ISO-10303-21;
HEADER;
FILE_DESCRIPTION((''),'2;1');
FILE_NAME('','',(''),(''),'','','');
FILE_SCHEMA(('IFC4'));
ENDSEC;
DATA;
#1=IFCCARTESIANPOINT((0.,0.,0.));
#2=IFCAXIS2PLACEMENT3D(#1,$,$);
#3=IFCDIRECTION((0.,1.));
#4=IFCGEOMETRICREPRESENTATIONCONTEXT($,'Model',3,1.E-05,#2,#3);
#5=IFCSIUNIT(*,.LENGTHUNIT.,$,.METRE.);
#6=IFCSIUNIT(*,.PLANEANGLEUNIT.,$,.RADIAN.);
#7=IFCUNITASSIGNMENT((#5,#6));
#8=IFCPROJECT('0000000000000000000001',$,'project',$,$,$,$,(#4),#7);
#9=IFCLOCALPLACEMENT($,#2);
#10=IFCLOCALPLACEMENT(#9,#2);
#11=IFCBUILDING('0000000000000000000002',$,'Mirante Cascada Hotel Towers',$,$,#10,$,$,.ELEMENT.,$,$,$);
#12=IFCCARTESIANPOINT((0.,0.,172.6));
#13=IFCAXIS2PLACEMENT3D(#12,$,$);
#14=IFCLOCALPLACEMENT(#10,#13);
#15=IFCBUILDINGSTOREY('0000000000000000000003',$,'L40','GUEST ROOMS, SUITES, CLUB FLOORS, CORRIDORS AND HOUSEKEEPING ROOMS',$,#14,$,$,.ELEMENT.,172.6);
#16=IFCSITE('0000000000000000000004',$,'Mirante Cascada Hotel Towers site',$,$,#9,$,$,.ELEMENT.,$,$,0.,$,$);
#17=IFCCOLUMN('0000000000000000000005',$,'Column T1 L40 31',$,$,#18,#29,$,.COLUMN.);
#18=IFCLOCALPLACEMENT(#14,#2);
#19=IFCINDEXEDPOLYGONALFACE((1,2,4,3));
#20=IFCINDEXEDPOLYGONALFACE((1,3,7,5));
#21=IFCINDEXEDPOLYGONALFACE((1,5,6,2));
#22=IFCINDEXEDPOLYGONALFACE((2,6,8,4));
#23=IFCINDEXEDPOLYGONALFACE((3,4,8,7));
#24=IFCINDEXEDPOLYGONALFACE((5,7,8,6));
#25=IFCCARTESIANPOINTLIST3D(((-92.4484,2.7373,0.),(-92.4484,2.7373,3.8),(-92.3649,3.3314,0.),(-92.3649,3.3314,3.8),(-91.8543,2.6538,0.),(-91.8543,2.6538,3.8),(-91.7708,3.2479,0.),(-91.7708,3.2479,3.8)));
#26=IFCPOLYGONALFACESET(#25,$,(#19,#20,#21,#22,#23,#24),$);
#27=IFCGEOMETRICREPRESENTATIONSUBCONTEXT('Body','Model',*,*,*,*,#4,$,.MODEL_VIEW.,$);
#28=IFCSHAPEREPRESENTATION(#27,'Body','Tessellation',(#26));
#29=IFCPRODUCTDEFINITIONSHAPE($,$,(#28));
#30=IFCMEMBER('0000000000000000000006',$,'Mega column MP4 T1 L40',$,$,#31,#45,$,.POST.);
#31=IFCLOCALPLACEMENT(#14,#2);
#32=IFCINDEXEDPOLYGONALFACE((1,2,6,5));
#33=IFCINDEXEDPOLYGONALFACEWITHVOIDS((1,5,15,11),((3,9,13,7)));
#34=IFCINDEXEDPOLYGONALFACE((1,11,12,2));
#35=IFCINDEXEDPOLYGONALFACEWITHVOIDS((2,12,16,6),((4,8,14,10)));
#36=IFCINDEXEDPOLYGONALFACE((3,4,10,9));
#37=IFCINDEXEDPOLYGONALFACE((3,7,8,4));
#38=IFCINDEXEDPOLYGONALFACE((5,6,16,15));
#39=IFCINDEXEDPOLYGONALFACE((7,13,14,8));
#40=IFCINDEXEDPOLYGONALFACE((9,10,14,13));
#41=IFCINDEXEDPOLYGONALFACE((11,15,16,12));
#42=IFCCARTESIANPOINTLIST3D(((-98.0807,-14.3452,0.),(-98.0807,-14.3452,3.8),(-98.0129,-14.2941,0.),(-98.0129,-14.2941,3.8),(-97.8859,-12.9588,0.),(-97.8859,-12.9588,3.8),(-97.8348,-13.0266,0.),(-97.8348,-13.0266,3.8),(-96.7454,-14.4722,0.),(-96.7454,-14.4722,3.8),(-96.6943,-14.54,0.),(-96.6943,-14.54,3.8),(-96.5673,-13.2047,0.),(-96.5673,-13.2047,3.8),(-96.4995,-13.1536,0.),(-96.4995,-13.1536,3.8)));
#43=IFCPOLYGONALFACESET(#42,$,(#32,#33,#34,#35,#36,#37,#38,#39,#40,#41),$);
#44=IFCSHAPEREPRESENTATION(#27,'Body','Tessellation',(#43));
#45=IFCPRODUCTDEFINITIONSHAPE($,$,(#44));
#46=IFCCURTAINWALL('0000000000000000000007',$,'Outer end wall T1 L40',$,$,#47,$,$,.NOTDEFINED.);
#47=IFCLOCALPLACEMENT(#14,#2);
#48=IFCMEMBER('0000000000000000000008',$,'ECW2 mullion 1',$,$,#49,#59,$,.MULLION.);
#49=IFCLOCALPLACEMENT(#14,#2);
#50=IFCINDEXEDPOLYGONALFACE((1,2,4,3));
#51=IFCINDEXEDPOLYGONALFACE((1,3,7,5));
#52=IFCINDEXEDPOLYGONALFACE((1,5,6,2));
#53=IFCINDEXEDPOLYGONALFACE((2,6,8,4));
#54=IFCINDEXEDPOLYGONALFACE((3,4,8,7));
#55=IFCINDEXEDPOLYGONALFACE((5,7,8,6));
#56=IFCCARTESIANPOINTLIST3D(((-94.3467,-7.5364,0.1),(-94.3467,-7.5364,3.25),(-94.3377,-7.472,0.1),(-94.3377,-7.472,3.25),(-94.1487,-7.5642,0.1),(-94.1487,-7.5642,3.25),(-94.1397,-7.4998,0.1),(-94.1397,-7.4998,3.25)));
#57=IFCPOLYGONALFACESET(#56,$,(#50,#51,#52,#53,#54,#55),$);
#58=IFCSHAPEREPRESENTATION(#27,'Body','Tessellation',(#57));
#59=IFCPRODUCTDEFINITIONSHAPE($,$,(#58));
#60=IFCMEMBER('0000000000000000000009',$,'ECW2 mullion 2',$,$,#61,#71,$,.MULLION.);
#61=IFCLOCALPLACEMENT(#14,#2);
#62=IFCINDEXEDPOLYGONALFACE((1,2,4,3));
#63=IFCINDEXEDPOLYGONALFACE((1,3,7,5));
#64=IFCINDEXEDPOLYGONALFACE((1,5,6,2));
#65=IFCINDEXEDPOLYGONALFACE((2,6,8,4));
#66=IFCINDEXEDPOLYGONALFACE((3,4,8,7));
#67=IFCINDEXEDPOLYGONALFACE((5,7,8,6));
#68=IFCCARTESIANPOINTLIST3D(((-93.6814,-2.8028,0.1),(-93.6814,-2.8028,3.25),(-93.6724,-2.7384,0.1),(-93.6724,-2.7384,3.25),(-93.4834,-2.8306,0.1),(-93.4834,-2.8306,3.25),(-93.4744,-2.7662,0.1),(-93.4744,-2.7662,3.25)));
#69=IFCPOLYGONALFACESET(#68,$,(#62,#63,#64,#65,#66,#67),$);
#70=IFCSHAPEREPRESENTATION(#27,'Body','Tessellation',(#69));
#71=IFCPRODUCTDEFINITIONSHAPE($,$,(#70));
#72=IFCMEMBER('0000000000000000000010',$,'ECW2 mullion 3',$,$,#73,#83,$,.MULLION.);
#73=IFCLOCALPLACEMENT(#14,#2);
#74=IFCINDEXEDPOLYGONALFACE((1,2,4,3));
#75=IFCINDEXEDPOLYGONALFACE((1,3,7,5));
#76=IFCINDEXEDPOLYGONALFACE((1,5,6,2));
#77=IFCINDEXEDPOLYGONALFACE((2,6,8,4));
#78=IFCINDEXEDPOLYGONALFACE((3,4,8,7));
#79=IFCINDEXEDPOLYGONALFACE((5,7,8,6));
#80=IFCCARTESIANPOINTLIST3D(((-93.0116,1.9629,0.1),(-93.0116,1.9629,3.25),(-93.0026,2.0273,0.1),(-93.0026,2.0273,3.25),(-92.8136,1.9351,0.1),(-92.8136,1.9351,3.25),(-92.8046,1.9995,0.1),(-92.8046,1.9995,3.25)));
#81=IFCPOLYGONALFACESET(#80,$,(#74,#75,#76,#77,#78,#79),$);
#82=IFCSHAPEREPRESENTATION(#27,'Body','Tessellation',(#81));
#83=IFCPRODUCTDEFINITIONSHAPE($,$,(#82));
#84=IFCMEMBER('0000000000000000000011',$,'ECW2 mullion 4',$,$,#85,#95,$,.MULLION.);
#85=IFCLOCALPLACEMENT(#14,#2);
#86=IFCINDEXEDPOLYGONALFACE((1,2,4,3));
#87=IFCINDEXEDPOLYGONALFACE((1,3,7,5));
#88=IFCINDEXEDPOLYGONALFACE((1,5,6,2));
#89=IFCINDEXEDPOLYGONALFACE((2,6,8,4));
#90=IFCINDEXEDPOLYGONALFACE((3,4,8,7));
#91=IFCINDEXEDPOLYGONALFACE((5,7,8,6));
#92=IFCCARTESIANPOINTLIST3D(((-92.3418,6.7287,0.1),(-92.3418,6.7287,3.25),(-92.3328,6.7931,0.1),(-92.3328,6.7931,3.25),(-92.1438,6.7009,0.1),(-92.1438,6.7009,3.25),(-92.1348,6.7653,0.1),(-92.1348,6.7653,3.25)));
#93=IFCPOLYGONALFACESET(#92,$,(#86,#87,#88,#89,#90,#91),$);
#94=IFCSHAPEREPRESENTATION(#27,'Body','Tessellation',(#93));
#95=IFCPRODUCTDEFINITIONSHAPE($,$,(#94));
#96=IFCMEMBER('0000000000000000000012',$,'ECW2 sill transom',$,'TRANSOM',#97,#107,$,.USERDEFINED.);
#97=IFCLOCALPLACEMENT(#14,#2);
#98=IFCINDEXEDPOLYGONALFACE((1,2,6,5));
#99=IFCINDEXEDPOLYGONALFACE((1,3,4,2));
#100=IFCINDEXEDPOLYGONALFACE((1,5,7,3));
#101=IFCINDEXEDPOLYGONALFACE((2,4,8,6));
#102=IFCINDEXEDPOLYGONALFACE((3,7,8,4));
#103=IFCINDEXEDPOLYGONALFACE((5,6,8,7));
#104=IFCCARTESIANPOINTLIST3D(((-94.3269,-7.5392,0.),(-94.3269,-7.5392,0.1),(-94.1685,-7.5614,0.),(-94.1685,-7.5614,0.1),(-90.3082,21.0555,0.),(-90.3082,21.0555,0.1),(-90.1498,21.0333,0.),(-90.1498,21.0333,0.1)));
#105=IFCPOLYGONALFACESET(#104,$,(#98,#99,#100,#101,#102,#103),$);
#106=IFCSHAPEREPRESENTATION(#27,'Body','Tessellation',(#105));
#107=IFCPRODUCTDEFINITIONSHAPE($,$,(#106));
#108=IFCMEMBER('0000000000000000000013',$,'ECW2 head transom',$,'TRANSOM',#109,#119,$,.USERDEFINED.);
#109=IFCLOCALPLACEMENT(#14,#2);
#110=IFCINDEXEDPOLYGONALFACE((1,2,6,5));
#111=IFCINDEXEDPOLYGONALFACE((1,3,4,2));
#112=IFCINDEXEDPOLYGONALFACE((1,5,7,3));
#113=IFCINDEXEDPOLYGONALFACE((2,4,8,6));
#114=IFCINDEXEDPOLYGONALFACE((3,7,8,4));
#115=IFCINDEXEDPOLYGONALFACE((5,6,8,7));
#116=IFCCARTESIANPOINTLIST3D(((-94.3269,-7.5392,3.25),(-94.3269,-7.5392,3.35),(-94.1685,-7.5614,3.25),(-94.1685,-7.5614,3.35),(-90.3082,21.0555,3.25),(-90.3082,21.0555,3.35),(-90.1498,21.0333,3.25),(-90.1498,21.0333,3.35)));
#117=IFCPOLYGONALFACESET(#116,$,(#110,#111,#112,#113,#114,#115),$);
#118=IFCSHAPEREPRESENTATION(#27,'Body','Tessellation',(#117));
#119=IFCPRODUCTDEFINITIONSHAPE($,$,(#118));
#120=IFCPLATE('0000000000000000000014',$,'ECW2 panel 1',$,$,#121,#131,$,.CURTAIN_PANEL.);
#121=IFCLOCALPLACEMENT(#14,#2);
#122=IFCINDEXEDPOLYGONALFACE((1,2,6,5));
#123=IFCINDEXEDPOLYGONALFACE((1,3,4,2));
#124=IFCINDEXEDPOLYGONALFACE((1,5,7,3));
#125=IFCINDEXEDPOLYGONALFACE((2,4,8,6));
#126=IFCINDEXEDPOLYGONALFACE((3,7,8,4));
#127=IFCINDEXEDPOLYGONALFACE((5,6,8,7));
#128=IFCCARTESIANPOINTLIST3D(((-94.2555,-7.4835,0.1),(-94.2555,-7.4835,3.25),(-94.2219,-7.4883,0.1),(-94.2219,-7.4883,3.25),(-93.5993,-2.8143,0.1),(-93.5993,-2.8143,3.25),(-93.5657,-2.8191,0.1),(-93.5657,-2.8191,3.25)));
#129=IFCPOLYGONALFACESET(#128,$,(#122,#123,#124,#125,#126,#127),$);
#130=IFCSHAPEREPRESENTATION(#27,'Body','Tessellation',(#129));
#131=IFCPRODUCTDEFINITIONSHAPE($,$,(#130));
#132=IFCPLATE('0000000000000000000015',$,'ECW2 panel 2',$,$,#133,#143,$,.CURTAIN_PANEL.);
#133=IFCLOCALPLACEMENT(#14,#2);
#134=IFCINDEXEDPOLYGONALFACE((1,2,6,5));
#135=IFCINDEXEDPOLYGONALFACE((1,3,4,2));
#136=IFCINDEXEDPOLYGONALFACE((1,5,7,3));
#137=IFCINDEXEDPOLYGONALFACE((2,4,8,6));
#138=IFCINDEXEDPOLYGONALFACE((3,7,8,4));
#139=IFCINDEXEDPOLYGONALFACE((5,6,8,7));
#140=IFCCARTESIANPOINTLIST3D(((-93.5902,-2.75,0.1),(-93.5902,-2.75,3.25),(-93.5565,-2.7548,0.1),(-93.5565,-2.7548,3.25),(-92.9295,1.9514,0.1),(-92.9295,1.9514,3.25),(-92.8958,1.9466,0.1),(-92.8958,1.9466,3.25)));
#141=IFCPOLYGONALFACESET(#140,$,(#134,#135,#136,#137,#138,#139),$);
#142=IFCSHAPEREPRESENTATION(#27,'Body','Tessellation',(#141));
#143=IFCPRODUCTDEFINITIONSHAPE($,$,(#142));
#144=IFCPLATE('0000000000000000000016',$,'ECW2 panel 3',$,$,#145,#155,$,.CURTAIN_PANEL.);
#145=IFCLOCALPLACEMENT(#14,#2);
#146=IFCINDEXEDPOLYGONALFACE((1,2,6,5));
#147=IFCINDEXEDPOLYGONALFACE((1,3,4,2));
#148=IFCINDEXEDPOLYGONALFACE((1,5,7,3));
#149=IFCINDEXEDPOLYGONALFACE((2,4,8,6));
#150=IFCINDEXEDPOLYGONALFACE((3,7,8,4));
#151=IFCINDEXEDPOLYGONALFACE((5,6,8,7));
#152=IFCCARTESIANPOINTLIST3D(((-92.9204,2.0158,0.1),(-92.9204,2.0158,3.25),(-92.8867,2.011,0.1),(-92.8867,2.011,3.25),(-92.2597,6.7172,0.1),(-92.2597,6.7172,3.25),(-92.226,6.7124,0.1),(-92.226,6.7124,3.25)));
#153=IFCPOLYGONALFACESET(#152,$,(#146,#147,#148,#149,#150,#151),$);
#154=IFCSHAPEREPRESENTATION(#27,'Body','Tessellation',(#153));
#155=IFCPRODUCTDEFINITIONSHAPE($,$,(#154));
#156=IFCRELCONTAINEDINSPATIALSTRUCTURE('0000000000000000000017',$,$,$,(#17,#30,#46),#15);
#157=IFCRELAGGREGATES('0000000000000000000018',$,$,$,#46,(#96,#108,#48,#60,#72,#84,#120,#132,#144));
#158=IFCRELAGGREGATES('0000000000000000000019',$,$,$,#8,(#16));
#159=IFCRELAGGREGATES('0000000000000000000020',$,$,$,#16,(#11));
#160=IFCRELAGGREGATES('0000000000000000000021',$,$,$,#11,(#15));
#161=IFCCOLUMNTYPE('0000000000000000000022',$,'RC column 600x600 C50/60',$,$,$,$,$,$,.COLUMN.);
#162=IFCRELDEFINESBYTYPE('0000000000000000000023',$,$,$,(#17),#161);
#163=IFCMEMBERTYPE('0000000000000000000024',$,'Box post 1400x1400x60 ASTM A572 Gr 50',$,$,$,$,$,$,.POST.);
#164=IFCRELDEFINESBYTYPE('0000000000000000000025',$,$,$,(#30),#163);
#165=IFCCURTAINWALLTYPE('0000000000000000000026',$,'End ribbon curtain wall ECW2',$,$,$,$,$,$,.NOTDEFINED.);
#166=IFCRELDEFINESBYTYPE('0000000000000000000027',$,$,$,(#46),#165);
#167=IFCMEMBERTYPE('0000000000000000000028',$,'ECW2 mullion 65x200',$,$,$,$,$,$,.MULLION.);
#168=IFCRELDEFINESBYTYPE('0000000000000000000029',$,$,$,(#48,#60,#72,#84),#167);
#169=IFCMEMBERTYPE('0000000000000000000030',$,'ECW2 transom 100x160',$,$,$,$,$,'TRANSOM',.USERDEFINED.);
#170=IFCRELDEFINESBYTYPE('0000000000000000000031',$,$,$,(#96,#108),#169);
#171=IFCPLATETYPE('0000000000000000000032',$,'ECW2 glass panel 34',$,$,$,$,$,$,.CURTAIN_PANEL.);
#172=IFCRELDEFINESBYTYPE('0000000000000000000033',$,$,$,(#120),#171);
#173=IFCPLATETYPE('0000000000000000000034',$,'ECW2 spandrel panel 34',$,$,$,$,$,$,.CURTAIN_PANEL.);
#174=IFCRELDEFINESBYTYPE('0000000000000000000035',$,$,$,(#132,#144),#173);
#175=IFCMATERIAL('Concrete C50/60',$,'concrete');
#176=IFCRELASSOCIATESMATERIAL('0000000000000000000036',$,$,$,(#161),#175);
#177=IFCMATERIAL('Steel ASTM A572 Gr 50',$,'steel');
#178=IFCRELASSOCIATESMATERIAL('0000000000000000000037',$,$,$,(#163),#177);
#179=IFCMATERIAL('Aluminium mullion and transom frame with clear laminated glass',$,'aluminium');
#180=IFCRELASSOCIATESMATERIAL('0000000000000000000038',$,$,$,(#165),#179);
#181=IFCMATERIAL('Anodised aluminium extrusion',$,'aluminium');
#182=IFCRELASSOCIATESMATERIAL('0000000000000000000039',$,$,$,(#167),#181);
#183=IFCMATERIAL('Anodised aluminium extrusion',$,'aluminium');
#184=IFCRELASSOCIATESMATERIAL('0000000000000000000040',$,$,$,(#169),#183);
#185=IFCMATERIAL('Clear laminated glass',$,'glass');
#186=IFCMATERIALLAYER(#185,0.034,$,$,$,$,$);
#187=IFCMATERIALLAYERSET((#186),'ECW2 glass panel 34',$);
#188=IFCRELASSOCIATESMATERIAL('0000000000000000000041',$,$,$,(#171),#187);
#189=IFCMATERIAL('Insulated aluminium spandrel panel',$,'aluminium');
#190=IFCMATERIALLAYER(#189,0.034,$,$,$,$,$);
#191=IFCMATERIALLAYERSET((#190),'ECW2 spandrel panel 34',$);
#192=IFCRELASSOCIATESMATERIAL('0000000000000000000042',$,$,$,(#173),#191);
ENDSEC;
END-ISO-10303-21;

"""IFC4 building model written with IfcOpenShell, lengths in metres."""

from ifc_helpers import new_model, si_unit, direction, frame, origin, origin_2d, place, context, subcontext, project, spatial, rectangle, hollow_rectangle, extrude, material, layer, layer_set, material_profile, profile_set, type_object, element, aggregate, save


model = new_model("IFC4")

# Units and contexts
model_context = context("Model", 3, precision=1e-05, world=origin(), true_north=direction((0.0, 1.0)))
body_context = subcontext(model_context, "Body", "Model", "MODEL_VIEW")
ifc_project = project(units=[si_unit("LENGTHUNIT", "METRE"), si_unit("PLANEANGLEUNIT", "RADIAN")], contexts=[model_context])

# Site, building, storey
site_placement = place(None, origin())
site = spatial("IfcSite", under=ifc_project, at=site_placement, Name="Mirante Cascada Hotel Towers site", CompositionType="ELEMENT", RefElevation=0.0)
building_placement = place(site_placement, origin())
building = spatial("IfcBuilding", under=site, at=building_placement, Name="Mirante Cascada Hotel Towers", CompositionType="ELEMENT")
storey_placement = place(building_placement, frame((0.0, 0.0, 172.6)))
storey = spatial("IfcBuildingStorey", under=building, at=storey_placement, Name="L40", Description="GUEST ROOMS, SUITES, CLUB FLOORS, CORRIDORS AND HOUSEKEEPING ROOMS", CompositionType="ELEMENT", Elevation=172.6)

# Column
ifc_material_1 = material(Name="Concrete C50/60", Category="concrete")
ifc_material_profile_1 = material_profile(ifc_material_1, rectangle(XDim=0.6, YDim=0.6, at=origin_2d()), Name="RC column 600x600 C50/60")
ifc_profile_set_1 = profile_set([ifc_material_profile_1], Name="Concrete C50/60")
column_type = type_object("IfcColumnType", Name="RC column 600x600 C50/60", PredefinedType="COLUMN", material=ifc_profile_set_1)
column_placement = place(storey_placement, frame((-92.1096, 2.9926, 0.0), z_axis=(0.0, 0.0, 1.0), x_axis=(-0.990268, 0.139173, 0.0)))
element("IfcColumn", 1, at=column_placement, inside=storey, type_object=column_type, Name="Column T1 L40 31", PredefinedType="COLUMN", context=body_context, shape_type="SweptSolid", body=[
    extrude(rectangle(XDim=0.6, YDim=0.6, at=origin_2d()), origin(), (0.0, 0.0, 1.0), 3.8),
])

# Member
ifc_material_2 = material(Name="Steel ASTM A572 Gr 50", Category="steel")
ifc_material_profile_2 = material_profile(ifc_material_2, hollow_rectangle(XDim=1.4, YDim=1.4, WallThickness=0.06, at=origin_2d()), Name="Box post 1400x1400x60 ASTM A572 Gr 50")
ifc_profile_set_2 = profile_set([ifc_material_profile_2], Name="Steel ASTM A572 Gr 50")
member_type_1 = type_object("IfcMemberType", Name="Box post 1400x1400x60 ASTM A572 Gr 50", PredefinedType="POST", material=ifc_profile_set_2)
member_1_placement = place(storey_placement, frame((-97.2901, -13.7494, 0.0), z_axis=(0.0, 0.0, 1.0), x_axis=(-0.990268, 0.139173, 0.0)))
element("IfcMember", 2, at=member_1_placement, inside=storey, type_object=member_type_1, Name="Mega column MP4 T1 L40", PredefinedType="POST", context=body_context, shape_type="SweptSolid", body=[
    extrude(hollow_rectangle(XDim=1.4, YDim=1.4, WallThickness=0.06, at=origin_2d()), origin(), (0.0, 0.0, 1.0), 3.8),
])

# Curtain wall, members, plates
ifc_material_3 = material(Name="Aluminium mullion and transom frame with clear laminated glass", Category="aluminium")
curtain_wall_type = type_object("IfcCurtainWallType", Name="End ribbon curtain wall ECW2", PredefinedType="NOTDEFINED", material=ifc_material_3)
curtain_wall_placement = place(storey_placement, origin())
curtain_wall = element("IfcCurtainWall", 3, at=curtain_wall_placement, inside=storey, type_object=curtain_wall_type, Name="Outer end wall T1 L40", PredefinedType="NOTDEFINED")
ifc_material_4 = material(Name="Anodised aluminium extrusion", Category="aluminium")
ifc_material_profile_3 = material_profile(ifc_material_4, rectangle(XDim=0.2, YDim=0.065, at=origin_2d()), Name="ECW2 MULLION 65x200")
ifc_profile_set_3 = profile_set([ifc_material_profile_3], Name="Anodised aluminium extrusion")
member_type_2 = type_object("IfcMemberType", Name="ECW2 mullion 65x200", PredefinedType="MULLION", material=ifc_profile_set_3)
member_2_placement = place(storey_placement, frame((-94.2432, -7.5181, 0.1), z_axis=(0.0, 0.0, 1.0), x_axis=(-0.990268, 0.139173, 0.0)))
member_2 = element("IfcMember", 4, at=member_2_placement, type_object=member_type_2, Name="ECW2 mullion 1", PredefinedType="MULLION", context=body_context, shape_type="SweptSolid", body=[
    extrude(rectangle(XDim=0.2, YDim=0.065, at=origin_2d()), origin(), (0.0, 0.0, 1.0), 3.15),
])
member_3_placement = place(storey_placement, frame((-93.5779, -2.7845, 0.1), z_axis=(0.0, 0.0, 1.0), x_axis=(-0.990268, 0.139173, 0.0)))
member_3 = element("IfcMember", 5, at=member_3_placement, type_object=member_type_2, Name="ECW2 mullion 2", PredefinedType="MULLION", context=body_context, shape_type="SweptSolid", body=[
    extrude(rectangle(XDim=0.2, YDim=0.065, at=origin_2d()), origin(), (0.0, 0.0, 1.0), 3.15),
])
member_4_placement = place(storey_placement, frame((-92.9081, 1.9812, 0.1), z_axis=(0.0, 0.0, 1.0), x_axis=(-0.990268, 0.139173, 0.0)))
member_4 = element("IfcMember", 6, at=member_4_placement, type_object=member_type_2, Name="ECW2 mullion 3", PredefinedType="MULLION", context=body_context, shape_type="SweptSolid", body=[
    extrude(rectangle(XDim=0.2, YDim=0.065, at=origin_2d()), origin(), (0.0, 0.0, 1.0), 3.15),
])
member_5_placement = place(storey_placement, frame((-92.2383, 6.747, 0.1), z_axis=(0.0, 0.0, 1.0), x_axis=(-0.990268, 0.139173, 0.0)))
member_5 = element("IfcMember", 7, at=member_5_placement, type_object=member_type_2, Name="ECW2 mullion 4", PredefinedType="MULLION", context=body_context, shape_type="SweptSolid", body=[
    extrude(rectangle(XDim=0.2, YDim=0.065, at=origin_2d()), origin(), (0.0, 0.0, 1.0), 3.15),
])
ifc_material_5 = material(Name="Anodised aluminium extrusion", Category="aluminium")
ifc_material_profile_4 = material_profile(ifc_material_5, rectangle(XDim=0.16, YDim=0.1, at=origin_2d()), Name="ECW2 TRANSOM 100x160")
ifc_profile_set_4 = profile_set([ifc_material_profile_4], Name="Anodised aluminium extrusion")
member_type_3 = type_object("IfcMemberType", Name="ECW2 transom 100x160", ElementType="TRANSOM", PredefinedType="USERDEFINED", material=ifc_profile_set_4)
member_6_placement = place(storey_placement, frame((-94.2477, -7.5503, 0.05), z_axis=(0.139172, 0.990268, 0.0), x_axis=(-0.990268, 0.139172, 0.0)))
member_6 = element("IfcMember", 8, at=member_6_placement, type_object=member_type_3, Name="ECW2 sill transom", ObjectType="TRANSOM", PredefinedType="USERDEFINED", context=body_context, shape_type="SweptSolid", body=[
    extrude(rectangle(XDim=0.16, YDim=0.1, at=origin_2d()), origin(), (0.0, 0.0, 1.0), 28.8757),
])
member_7_placement = place(storey_placement, frame((-94.2477, -7.5503, 3.3), z_axis=(0.139172, 0.990268, 0.0), x_axis=(-0.990268, 0.139172, 0.0)))
member_7 = element("IfcMember", 9, at=member_7_placement, type_object=member_type_3, Name="ECW2 head transom", ObjectType="TRANSOM", PredefinedType="USERDEFINED", context=body_context, shape_type="SweptSolid", body=[
    extrude(rectangle(XDim=0.16, YDim=0.1, at=origin_2d()), origin(), (0.0, 0.0, 1.0), 28.8757),
])
ifc_material_6 = material(Name="Clear laminated glass", Category="glass")
ifc_layer_1 = layer(ifc_material_6, 0.034)
ifc_layer_set_1 = layer_set([ifc_layer_1], Name="ECW2 glass panel 34")
plate_type_1 = type_object("IfcPlateType", Name="ECW2 glass panel 34", PredefinedType="CURTAIN_PANEL", material=ifc_layer_set_1)
plate_1_placement = place(storey_placement, frame((-93.9106, -5.1513, 0.1), z_axis=(0.0, 0.0, 1.0), x_axis=(0.139173, 0.990268, 0.0)))
plate_1 = element("IfcPlate", 10, at=plate_1_placement, type_object=plate_type_1, Name="ECW2 panel 1", PredefinedType="CURTAIN_PANEL", context=body_context, shape_type="SweptSolid", body=[
    extrude(rectangle(XDim=4.7151, YDim=0.034, at=origin_2d()), origin(), (0.0, 0.0, 1.0), 3.15),
])
ifc_material_7 = material(Name="Insulated aluminium spandrel panel", Category="aluminium")
ifc_layer_2 = layer(ifc_material_7, 0.034)
ifc_layer_set_2 = layer_set([ifc_layer_2], Name="ECW2 spandrel panel 34")
plate_type_2 = type_object("IfcPlateType", Name="ECW2 spandrel panel 34", PredefinedType="CURTAIN_PANEL", material=ifc_layer_set_2)
plate_2_placement = place(storey_placement, frame((-93.243, -0.4017, 0.1), z_axis=(0.0, 0.0, 1.0), x_axis=(0.139173, 0.990268, 0.0)))
plate_2 = element("IfcPlate", 11, at=plate_2_placement, type_object=plate_type_2, Name="ECW2 panel 2", PredefinedType="CURTAIN_PANEL", context=body_context, shape_type="SweptSolid", body=[
    extrude(rectangle(XDim=4.7476, YDim=0.034, at=origin_2d()), origin(), (0.0, 0.0, 1.0), 3.15),
])
plate_3_placement = place(storey_placement, frame((-92.5732, 4.3641, 0.1), z_axis=(0.0, 0.0, 1.0), x_axis=(0.139173, 0.990268, 0.0)))
plate_3 = element("IfcPlate", 12, at=plate_3_placement, type_object=plate_type_2, Name="ECW2 panel 3", PredefinedType="CURTAIN_PANEL", context=body_context, shape_type="SweptSolid", body=[
    extrude(rectangle(XDim=4.7476, YDim=0.034, at=origin_2d()), origin(), (0.0, 0.0, 1.0), 3.15),
])
aggregate(curtain_wall, [member_6, member_7, member_2, member_3, member_4, member_5, plate_1, plate_2, plate_3])

save(model, "model.ifc")
